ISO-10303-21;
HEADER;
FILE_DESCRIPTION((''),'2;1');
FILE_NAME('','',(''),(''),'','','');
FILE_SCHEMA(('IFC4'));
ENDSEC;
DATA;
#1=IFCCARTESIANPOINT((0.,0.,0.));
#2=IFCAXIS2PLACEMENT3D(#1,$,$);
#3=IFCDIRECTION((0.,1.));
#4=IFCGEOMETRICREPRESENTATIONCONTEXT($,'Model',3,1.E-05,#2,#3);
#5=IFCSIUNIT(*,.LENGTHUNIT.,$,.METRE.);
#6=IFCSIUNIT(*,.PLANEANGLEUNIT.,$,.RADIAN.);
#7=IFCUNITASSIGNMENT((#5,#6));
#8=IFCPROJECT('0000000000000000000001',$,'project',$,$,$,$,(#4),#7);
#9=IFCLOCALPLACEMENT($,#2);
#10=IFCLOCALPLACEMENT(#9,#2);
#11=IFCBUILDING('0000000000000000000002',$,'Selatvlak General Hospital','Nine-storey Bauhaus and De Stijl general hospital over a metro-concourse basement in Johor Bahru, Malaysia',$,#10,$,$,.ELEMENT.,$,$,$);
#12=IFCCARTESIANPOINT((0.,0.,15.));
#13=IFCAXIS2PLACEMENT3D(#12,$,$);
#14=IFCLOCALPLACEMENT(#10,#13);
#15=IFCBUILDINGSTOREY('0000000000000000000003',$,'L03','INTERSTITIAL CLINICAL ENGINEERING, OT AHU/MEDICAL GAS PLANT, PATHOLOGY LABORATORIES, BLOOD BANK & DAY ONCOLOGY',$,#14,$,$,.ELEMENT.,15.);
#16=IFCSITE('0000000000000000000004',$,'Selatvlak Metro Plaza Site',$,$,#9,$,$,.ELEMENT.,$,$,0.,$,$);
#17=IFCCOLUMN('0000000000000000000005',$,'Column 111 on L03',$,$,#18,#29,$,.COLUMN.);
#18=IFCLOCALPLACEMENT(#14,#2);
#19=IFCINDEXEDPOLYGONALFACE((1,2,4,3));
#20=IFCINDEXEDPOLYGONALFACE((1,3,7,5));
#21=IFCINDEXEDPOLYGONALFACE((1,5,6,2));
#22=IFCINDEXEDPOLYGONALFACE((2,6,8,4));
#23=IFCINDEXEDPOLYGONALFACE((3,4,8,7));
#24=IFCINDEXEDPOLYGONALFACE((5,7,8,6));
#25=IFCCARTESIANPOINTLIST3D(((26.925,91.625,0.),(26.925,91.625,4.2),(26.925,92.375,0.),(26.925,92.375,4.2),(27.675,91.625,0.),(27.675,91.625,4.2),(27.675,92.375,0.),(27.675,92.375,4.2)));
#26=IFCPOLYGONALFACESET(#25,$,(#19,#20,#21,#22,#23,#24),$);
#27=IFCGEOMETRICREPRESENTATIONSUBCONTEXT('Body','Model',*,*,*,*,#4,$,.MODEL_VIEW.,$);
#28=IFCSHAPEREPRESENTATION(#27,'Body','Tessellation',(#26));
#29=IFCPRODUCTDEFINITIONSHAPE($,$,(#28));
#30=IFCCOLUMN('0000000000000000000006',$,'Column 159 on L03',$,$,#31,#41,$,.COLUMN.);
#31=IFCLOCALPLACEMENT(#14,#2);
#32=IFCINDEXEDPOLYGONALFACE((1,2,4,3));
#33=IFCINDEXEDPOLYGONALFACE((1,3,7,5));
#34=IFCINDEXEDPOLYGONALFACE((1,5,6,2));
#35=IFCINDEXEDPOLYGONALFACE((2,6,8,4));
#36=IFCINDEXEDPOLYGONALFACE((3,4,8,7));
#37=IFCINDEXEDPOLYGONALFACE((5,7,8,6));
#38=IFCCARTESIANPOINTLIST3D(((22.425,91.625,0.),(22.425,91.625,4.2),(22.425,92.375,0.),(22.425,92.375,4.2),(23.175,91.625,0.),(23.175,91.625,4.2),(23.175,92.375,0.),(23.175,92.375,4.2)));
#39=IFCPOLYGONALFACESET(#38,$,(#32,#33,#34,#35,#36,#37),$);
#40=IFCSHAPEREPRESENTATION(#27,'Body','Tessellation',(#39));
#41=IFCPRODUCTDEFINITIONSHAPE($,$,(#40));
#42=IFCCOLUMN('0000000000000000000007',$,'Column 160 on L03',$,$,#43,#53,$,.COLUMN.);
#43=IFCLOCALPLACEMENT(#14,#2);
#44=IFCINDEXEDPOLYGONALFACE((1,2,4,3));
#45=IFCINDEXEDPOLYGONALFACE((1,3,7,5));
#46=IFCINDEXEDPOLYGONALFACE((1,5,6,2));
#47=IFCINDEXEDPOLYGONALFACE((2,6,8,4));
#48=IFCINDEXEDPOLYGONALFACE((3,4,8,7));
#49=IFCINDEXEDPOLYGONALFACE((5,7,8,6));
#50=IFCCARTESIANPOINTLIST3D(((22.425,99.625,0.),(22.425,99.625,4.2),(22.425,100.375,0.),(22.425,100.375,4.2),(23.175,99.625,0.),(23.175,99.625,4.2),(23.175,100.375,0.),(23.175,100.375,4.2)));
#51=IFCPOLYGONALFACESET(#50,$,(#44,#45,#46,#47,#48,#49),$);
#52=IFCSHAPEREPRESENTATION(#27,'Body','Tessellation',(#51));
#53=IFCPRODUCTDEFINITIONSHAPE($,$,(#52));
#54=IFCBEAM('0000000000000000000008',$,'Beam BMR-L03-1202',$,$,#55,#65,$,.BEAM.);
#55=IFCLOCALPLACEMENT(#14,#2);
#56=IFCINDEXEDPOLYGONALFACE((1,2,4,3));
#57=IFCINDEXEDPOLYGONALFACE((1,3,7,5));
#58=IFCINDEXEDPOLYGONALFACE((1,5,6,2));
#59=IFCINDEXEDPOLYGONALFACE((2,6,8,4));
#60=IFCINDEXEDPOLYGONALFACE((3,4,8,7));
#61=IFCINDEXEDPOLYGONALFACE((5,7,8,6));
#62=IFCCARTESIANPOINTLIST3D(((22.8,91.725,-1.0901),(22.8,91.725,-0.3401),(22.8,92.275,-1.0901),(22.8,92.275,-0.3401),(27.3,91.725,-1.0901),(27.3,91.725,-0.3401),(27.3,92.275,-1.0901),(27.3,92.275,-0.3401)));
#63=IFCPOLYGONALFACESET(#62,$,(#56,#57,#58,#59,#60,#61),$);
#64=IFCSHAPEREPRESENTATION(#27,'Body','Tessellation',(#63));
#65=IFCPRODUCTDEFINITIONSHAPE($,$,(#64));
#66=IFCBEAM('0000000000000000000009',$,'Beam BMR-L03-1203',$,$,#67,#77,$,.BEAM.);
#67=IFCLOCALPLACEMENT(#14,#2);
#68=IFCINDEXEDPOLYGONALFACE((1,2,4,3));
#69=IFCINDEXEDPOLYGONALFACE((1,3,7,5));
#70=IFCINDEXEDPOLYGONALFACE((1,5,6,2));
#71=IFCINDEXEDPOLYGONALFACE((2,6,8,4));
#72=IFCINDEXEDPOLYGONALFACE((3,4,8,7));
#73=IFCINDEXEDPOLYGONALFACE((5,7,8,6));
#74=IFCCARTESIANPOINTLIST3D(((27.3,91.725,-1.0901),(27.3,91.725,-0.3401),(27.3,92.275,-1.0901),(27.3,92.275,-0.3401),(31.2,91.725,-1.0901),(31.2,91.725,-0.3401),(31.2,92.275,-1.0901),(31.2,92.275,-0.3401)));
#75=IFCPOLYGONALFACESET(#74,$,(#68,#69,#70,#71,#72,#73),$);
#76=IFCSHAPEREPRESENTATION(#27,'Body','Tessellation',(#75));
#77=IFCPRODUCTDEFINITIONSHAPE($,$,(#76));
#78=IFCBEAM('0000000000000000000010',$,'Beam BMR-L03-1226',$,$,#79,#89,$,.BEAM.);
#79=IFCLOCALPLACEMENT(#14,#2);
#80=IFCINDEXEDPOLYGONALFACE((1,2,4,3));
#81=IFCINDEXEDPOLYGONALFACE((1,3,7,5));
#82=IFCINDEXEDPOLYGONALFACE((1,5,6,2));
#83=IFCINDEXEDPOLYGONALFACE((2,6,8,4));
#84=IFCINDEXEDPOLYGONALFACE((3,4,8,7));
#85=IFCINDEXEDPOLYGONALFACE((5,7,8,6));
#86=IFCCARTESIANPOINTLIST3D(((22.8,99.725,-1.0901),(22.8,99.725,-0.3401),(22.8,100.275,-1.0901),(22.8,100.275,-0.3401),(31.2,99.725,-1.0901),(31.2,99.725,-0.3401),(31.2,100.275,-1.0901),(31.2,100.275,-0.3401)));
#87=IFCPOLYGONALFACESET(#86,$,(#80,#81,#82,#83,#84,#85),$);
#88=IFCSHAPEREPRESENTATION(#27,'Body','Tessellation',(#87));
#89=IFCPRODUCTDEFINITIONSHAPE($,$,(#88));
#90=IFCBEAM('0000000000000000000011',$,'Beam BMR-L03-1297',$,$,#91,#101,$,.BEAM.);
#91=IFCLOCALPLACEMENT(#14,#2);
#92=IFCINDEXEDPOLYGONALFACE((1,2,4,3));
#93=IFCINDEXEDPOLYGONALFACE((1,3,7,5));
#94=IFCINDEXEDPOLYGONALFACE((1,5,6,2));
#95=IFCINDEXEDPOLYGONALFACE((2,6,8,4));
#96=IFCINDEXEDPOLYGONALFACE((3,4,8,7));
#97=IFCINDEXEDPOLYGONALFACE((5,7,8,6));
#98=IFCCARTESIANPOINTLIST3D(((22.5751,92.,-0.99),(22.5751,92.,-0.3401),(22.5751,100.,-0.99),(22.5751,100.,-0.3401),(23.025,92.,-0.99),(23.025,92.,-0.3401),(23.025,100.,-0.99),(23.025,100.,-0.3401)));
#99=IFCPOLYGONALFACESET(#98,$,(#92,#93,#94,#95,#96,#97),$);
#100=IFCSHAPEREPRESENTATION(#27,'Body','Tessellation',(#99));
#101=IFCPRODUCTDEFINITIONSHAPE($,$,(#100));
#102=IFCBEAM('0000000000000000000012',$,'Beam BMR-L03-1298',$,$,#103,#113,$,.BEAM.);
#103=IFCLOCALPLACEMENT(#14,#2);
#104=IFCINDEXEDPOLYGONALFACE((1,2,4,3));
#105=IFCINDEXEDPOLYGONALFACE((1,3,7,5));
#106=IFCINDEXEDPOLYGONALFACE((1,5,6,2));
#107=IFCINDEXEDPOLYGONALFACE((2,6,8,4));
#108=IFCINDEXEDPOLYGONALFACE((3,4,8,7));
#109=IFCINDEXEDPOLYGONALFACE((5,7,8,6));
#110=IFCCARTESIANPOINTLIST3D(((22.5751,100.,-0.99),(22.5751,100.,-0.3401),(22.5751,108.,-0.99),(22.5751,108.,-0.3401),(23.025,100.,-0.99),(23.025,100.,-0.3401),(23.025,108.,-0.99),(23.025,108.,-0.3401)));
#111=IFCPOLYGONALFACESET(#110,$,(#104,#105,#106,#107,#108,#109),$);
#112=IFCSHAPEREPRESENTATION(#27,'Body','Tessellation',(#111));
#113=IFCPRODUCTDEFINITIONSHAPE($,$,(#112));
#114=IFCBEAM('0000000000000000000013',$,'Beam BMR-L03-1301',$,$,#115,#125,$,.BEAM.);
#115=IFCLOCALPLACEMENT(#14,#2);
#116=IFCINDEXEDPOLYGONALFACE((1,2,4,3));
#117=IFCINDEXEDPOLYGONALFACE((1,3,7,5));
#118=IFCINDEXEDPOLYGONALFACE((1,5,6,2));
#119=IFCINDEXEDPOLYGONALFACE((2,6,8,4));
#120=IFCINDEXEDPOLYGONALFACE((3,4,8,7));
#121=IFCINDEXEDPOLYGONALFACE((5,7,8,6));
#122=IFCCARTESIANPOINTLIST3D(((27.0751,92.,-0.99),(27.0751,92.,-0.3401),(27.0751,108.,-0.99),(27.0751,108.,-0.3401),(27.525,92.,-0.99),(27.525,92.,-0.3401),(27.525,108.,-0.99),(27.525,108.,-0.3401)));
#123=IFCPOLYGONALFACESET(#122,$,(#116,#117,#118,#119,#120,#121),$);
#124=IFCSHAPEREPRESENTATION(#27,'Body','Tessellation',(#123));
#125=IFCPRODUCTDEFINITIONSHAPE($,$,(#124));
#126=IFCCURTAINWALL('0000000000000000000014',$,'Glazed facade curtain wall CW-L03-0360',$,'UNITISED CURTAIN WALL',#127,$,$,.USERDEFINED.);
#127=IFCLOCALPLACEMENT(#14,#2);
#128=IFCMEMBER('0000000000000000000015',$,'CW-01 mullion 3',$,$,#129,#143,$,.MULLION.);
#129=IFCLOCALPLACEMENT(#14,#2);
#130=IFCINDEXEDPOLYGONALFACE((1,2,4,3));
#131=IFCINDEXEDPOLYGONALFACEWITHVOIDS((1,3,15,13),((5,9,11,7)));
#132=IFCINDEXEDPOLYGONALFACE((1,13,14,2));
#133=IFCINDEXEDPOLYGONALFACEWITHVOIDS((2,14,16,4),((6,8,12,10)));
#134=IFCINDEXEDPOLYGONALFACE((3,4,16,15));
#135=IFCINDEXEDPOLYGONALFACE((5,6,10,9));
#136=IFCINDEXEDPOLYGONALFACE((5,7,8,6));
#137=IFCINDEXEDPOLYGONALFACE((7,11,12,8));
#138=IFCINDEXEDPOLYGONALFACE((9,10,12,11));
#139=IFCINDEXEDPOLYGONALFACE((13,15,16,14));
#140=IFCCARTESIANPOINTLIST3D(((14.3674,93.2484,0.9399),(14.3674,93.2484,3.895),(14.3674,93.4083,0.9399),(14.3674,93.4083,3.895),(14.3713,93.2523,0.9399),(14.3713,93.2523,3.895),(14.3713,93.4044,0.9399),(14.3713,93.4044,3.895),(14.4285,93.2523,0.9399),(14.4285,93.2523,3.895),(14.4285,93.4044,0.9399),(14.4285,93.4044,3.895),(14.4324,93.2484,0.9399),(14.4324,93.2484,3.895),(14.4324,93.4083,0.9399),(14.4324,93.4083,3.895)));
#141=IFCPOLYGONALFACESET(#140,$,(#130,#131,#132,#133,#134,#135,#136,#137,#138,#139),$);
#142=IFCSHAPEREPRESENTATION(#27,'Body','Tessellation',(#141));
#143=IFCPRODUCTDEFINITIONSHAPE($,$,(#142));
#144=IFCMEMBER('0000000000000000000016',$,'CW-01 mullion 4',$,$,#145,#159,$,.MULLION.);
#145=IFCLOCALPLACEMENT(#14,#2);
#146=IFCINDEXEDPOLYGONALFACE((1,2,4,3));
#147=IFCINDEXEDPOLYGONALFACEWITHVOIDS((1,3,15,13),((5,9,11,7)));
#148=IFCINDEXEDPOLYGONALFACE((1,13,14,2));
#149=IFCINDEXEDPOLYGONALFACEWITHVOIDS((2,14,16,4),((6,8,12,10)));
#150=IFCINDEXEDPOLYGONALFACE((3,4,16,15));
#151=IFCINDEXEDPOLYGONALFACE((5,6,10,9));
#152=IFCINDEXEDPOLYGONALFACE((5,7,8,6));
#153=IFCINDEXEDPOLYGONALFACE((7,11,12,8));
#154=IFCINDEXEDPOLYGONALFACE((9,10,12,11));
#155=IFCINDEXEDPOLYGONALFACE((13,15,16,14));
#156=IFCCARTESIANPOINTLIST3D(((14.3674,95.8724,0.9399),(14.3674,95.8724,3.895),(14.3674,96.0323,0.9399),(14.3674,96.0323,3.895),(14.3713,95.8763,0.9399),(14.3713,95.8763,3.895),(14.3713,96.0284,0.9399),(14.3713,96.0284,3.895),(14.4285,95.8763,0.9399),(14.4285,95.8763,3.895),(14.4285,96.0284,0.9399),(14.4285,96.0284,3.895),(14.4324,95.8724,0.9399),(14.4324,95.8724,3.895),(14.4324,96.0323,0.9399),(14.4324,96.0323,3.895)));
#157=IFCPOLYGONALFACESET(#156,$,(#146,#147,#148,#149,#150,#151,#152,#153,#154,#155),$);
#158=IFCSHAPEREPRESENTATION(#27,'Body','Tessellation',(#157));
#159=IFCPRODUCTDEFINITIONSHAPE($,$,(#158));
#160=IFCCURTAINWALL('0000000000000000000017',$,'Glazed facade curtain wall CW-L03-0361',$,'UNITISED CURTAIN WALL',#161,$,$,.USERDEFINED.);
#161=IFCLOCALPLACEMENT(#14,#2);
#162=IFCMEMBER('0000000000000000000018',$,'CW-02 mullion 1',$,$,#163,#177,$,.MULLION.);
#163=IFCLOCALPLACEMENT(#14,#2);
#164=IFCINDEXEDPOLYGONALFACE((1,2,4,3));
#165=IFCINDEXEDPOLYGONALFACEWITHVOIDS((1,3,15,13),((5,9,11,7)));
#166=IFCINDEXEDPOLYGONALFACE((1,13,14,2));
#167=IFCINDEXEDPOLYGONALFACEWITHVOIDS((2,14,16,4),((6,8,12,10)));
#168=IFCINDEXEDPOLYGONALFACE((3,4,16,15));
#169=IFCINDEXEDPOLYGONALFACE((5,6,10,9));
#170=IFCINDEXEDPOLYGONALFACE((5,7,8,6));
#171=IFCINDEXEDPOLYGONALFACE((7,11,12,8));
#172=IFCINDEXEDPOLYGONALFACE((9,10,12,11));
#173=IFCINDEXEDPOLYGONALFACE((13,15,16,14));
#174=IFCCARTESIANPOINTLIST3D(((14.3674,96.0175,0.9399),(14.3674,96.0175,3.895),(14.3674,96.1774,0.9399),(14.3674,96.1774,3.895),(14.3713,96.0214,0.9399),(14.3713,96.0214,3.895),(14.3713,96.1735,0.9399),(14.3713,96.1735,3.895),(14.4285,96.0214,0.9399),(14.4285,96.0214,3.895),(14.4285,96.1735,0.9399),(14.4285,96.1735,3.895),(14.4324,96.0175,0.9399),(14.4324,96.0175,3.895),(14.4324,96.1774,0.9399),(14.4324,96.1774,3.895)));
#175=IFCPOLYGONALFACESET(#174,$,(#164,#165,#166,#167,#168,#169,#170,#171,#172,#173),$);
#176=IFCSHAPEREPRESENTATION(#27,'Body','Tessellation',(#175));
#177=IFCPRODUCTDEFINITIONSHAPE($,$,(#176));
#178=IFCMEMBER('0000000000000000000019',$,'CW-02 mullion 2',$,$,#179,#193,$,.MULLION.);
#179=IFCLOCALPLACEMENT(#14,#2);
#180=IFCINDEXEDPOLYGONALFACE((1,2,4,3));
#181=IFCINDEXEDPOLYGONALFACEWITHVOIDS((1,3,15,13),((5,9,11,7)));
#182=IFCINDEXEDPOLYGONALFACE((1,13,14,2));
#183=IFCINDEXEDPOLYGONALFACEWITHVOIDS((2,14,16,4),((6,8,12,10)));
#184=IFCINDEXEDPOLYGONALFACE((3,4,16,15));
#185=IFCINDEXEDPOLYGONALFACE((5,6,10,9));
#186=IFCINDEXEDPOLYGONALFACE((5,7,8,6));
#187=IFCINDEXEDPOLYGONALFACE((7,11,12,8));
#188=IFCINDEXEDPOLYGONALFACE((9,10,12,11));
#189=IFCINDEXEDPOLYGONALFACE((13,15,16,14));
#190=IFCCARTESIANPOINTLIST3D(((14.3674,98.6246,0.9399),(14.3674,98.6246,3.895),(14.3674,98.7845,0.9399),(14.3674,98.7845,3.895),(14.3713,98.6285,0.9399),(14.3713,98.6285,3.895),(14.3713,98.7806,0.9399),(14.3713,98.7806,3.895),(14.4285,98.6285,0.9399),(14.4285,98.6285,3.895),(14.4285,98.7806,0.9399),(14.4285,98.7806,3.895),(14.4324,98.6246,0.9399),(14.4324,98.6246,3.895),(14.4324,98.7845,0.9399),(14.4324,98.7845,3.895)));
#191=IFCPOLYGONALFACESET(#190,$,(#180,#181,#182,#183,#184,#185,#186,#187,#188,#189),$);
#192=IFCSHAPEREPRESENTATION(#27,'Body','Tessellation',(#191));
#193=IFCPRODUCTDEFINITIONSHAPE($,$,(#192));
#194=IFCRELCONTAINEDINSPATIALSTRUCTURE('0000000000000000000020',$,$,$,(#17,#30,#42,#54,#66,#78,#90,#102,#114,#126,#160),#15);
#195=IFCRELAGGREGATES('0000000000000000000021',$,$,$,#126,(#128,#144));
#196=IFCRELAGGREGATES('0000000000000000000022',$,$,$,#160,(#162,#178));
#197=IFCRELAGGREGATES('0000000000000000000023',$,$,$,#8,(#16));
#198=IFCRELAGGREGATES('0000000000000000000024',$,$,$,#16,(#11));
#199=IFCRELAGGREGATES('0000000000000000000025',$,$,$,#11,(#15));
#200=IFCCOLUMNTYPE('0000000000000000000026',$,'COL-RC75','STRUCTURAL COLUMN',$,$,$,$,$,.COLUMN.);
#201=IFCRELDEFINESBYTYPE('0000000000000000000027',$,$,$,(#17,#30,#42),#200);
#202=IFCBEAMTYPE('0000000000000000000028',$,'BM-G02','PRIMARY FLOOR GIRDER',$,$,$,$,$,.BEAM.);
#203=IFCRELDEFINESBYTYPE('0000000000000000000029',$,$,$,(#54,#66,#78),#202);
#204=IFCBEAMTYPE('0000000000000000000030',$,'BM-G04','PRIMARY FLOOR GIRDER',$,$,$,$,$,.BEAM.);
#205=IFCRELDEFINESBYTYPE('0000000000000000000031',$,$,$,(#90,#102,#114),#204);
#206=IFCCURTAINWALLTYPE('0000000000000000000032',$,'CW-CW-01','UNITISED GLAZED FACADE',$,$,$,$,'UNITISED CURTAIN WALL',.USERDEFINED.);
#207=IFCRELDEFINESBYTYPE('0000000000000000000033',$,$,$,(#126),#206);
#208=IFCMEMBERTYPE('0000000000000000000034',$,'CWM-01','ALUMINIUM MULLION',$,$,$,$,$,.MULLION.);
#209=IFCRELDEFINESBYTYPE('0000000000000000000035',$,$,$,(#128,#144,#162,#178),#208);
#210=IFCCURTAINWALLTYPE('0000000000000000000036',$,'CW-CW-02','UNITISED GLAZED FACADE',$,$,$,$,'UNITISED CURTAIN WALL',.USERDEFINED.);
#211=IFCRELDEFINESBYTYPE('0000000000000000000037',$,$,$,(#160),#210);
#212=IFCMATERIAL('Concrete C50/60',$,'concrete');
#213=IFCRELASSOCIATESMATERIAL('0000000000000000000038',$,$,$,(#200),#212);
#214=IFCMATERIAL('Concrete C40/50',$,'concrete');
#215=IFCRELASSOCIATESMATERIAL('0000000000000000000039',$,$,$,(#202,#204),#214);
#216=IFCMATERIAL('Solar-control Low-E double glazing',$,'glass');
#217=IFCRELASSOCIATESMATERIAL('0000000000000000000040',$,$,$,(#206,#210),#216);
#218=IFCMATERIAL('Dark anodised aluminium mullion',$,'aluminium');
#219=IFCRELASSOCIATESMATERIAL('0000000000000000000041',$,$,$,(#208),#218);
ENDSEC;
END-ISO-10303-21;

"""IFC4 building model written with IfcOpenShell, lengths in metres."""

from ifc_helpers import new_model, si_unit, direction, frame, origin, origin_2d, place, context, subcontext, project, spatial, rectangle, hollow_rectangle, extrude, material, material_profile, profile_set, type_object, element, aggregate, save


model = new_model("IFC4")

# Units and contexts
model_context = context("Model", 3, precision=1e-05, world=origin(), true_north=direction((0.0, 1.0)))
body_context = subcontext(model_context, "Body", "Model", "MODEL_VIEW")
ifc_project = project(units=[si_unit("LENGTHUNIT", "METRE"), si_unit("PLANEANGLEUNIT", "RADIAN")], contexts=[model_context])

# Site, building, storey
site_placement = place(None, origin())
site = spatial("IfcSite", under=ifc_project, at=site_placement, Name="Selatvlak Metro Plaza Site", CompositionType="ELEMENT", RefElevation=0.0)
building_placement = place(site_placement, origin())
building = spatial("IfcBuilding", under=site, at=building_placement, Name="Selatvlak General Hospital", Description="Nine-storey Bauhaus and De Stijl general hospital over a metro-concourse basement in Johor Bahru, Malaysia", CompositionType="ELEMENT")
storey_placement = place(building_placement, frame((0.0, 0.0, 15.0)))
storey = spatial("IfcBuildingStorey", under=building, at=storey_placement, Name="L03", Description="INTERSTITIAL CLINICAL ENGINEERING, OT AHU/MEDICAL GAS PLANT, PATHOLOGY LABORATORIES, BLOOD BANK & DAY ONCOLOGY", CompositionType="ELEMENT", Elevation=15.0)

# Columns
ifc_material_1 = material(Name="Concrete C50/60", Category="concrete")
ifc_material_profile_1 = material_profile(ifc_material_1, rectangle(XDim=0.75, YDim=0.75, at=origin_2d()), Name="RC-COL 750x750")
ifc_profile_set_1 = profile_set([ifc_material_profile_1], Name="Concrete C50/60")
column_type = type_object("IfcColumnType", Name="COL-RC75", Description="STRUCTURAL COLUMN", PredefinedType="COLUMN", material=ifc_profile_set_1)
for number, where, z_axis, x_axis, name in (
    (1, (27.3, 92.0, 0.0), (0.0, 0.0, 1.0), (1.0, 0.0, 0.0), "Column 111 on L03"),
    (2, (22.8, 92.0, 0.0), (0.0, 0.0, 1.0), (1.0, 0.0, 0.0), "Column 159 on L03"),
    (3, (22.8, 100.0, 0.0), (0.0, 0.0, 1.0), (1.0, 0.0, 0.0), "Column 160 on L03"),
):
    element("IfcColumn", number, at=place(storey_placement, frame(where, z_axis=z_axis, x_axis=x_axis)), inside=storey, type_object=column_type, Name=name, PredefinedType="COLUMN", context=body_context, shape_type="SweptSolid", body=[
        extrude(rectangle(XDim=0.75, YDim=0.75, at=origin_2d()), origin(), (0.0, 0.0, 1.0), 4.2),
    ])

# Beams
ifc_material_2 = material(Name="Concrete C40/50", Category="concrete")
ifc_material_profile_2 = material_profile(ifc_material_2, rectangle(XDim=0.55, YDim=0.75, at=origin_2d()), Name="RC-BM 550x750")
ifc_profile_set_2 = profile_set([ifc_material_profile_2], Name="Concrete C40/50")
beam_type_1 = type_object("IfcBeamType", Name="BM-G02", Description="PRIMARY FLOOR GIRDER", PredefinedType="BEAM", material=ifc_profile_set_2)
beam_1_placement = place(storey_placement, frame((22.8, 92.0, -0.7151), z_axis=(1.0, 0.0, 0.0), x_axis=(0.0, 1.0, 0.0)))
element("IfcBeam", 4, at=beam_1_placement, inside=storey, type_object=beam_type_1, Name="Beam BMR-L03-1202", PredefinedType="BEAM", context=body_context, shape_type="SweptSolid", body=[
    extrude(rectangle(XDim=0.55, YDim=0.75, at=origin_2d()), origin(), (0.0, 0.0, 1.0), 4.5),
])
beam_2_placement = place(storey_placement, frame((27.3, 92.0, -0.7151), z_axis=(1.0, 0.0, 0.0), x_axis=(0.0, 1.0, 0.0)))
element("IfcBeam", 5, at=beam_2_placement, inside=storey, type_object=beam_type_1, Name="Beam BMR-L03-1203", PredefinedType="BEAM", context=body_context, shape_type="SweptSolid", body=[
    extrude(rectangle(XDim=0.55, YDim=0.75, at=origin_2d()), origin(), (0.0, 0.0, 1.0), 3.8999),
])
beam_3_placement = place(storey_placement, frame((22.8, 100.0, -0.7151), z_axis=(1.0, 0.0, 0.0), x_axis=(0.0, 1.0, 0.0)))
element("IfcBeam", 6, at=beam_3_placement, inside=storey, type_object=beam_type_1, Name="Beam BMR-L03-1226", PredefinedType="BEAM", context=body_context, shape_type="SweptSolid", body=[
    extrude(rectangle(XDim=0.55, YDim=0.75, at=origin_2d()), origin(), (0.0, 0.0, 1.0), 8.3999),
])
ifc_material_profile_3 = material_profile(ifc_material_2, rectangle(XDim=0.45, YDim=0.6499, at=origin_2d()), Name="RC-BM 450x650")
ifc_profile_set_3 = profile_set([ifc_material_profile_3], Name="Concrete C40/50")
beam_type_2 = type_object("IfcBeamType", Name="BM-G04", Description="PRIMARY FLOOR GIRDER", PredefinedType="BEAM", material=ifc_profile_set_3)
for number, where, z_axis, x_axis, name in (
    (7, (22.8, 92.0, -0.665), (0.0, 1.0, 0.0), (-1.0, 0.0, 0.0), "Beam BMR-L03-1297"),
    (8, (22.8, 100.0, -0.665), (0.0, 1.0, 0.0), (-1.0, 0.0, 0.0), "Beam BMR-L03-1298"),
):
    element("IfcBeam", number, at=place(storey_placement, frame(where, z_axis=z_axis, x_axis=x_axis)), inside=storey, type_object=beam_type_2, Name=name, PredefinedType="BEAM", context=body_context, shape_type="SweptSolid", body=[
        extrude(rectangle(XDim=0.45, YDim=0.6499, at=origin_2d()), origin(), (0.0, 0.0, 1.0), 8.0),
    ])
beam_4_placement = place(storey_placement, frame((27.3, 92.0, -0.665), z_axis=(0.0, 1.0, 0.0), x_axis=(-1.0, 0.0, 0.0)))
element("IfcBeam", 9, at=beam_4_placement, inside=storey, type_object=beam_type_2, Name="Beam BMR-L03-1301", PredefinedType="BEAM", context=body_context, shape_type="SweptSolid", body=[
    extrude(rectangle(XDim=0.45, YDim=0.6499, at=origin_2d()), origin(), (0.0, 0.0, 1.0), 16.0),
])

# Curtain walls, members
ifc_material_3 = material(Name="Solar-control Low-E double glazing", Category="glass")
curtain_wall_type_1 = type_object("IfcCurtainWallType", Name="CW-CW-01", Description="UNITISED GLAZED FACADE", ElementType="UNITISED CURTAIN WALL", PredefinedType="USERDEFINED", material=ifc_material_3)
curtain_wall_1_placement = place(storey_placement, origin())
curtain_wall_1 = element("IfcCurtainWall", 10, at=curtain_wall_1_placement, inside=storey, type_object=curtain_wall_type_1, Name="Glazed facade curtain wall CW-L03-0360", ObjectType="UNITISED CURTAIN WALL", PredefinedType="USERDEFINED")
ifc_material_4 = material(Name="Dark anodised aluminium mullion", Category="aluminium")
ifc_material_profile_4 = material_profile(ifc_material_4, hollow_rectangle(XDim=0.0649, YDim=0.1599, WallThickness=0.0039, at=origin_2d()), Name="AL-MUL 65x160x4")
ifc_profile_set_4 = profile_set([ifc_material_profile_4], Name="Dark anodised aluminium mullion")
member_type_1 = type_object("IfcMemberType", Name="CWM-01", Description="ALUMINIUM MULLION", PredefinedType="MULLION", material=ifc_profile_set_4)
member_1_placement = place(storey_placement, frame((14.3999, 93.3284, 0.9399), z_axis=(0.0, 0.0, 1.0), x_axis=(-1.0, 0.0, 0.0)))
member_1 = element("IfcMember", 11, at=member_1_placement, type_object=member_type_1, Name="CW-01 mullion 3", PredefinedType="MULLION", context=body_context, shape_type="SweptSolid", body=[
    extrude(hollow_rectangle(XDim=0.0649, YDim=0.1599, WallThickness=0.0039, at=origin_2d()), origin(), (0.0, 0.0, 1.0), 2.9551),
])
member_2_placement = place(storey_placement, frame((14.3999, 95.9524, 0.9399), z_axis=(0.0, 0.0, 1.0), x_axis=(-1.0, 0.0, 0.0)))
member_2 = element("IfcMember", 12, at=member_2_placement, type_object=member_type_1, Name="CW-01 mullion 4", PredefinedType="MULLION", context=body_context, shape_type="SweptSolid", body=[
    extrude(hollow_rectangle(XDim=0.0649, YDim=0.1599, WallThickness=0.0039, at=origin_2d()), origin(), (0.0, 0.0, 1.0), 2.9551),
])
curtain_wall_type_2 = type_object("IfcCurtainWallType", Name="CW-CW-02", Description="UNITISED GLAZED FACADE", ElementType="UNITISED CURTAIN WALL", PredefinedType="USERDEFINED", material=ifc_material_3)
curtain_wall_2_placement = place(storey_placement, origin())
curtain_wall_2 = element("IfcCurtainWall", 13, at=curtain_wall_2_placement, inside=storey, type_object=curtain_wall_type_2, Name="Glazed facade curtain wall CW-L03-0361", ObjectType="UNITISED CURTAIN WALL", PredefinedType="USERDEFINED")
member_3_placement = place(storey_placement, frame((14.3999, 96.0974, 0.9399), z_axis=(0.0, 0.0, 1.0), x_axis=(-1.0, 0.0, 0.0)))
member_3 = element("IfcMember", 14, at=member_3_placement, type_object=member_type_1, Name="CW-02 mullion 1", PredefinedType="MULLION", context=body_context, shape_type="SweptSolid", body=[
    extrude(hollow_rectangle(XDim=0.0649, YDim=0.1599, WallThickness=0.0039, at=origin_2d()), origin(), (0.0, 0.0, 1.0), 2.9551),
])
member_4_placement = place(storey_placement, frame((14.3999, 98.7046, 0.9399), z_axis=(0.0, 0.0, 1.0), x_axis=(-1.0, 0.0, 0.0)))
member_4 = element("IfcMember", 15, at=member_4_placement, type_object=member_type_1, Name="CW-02 mullion 2", PredefinedType="MULLION", context=body_context, shape_type="SweptSolid", body=[
    extrude(hollow_rectangle(XDim=0.0649, YDim=0.1599, WallThickness=0.0039, at=origin_2d()), origin(), (0.0, 0.0, 1.0), 2.9551),
])

aggregate(curtain_wall_1, [member_1, member_2])
aggregate(curtain_wall_2, [member_3, member_4])

save(model, "model.ifc")
